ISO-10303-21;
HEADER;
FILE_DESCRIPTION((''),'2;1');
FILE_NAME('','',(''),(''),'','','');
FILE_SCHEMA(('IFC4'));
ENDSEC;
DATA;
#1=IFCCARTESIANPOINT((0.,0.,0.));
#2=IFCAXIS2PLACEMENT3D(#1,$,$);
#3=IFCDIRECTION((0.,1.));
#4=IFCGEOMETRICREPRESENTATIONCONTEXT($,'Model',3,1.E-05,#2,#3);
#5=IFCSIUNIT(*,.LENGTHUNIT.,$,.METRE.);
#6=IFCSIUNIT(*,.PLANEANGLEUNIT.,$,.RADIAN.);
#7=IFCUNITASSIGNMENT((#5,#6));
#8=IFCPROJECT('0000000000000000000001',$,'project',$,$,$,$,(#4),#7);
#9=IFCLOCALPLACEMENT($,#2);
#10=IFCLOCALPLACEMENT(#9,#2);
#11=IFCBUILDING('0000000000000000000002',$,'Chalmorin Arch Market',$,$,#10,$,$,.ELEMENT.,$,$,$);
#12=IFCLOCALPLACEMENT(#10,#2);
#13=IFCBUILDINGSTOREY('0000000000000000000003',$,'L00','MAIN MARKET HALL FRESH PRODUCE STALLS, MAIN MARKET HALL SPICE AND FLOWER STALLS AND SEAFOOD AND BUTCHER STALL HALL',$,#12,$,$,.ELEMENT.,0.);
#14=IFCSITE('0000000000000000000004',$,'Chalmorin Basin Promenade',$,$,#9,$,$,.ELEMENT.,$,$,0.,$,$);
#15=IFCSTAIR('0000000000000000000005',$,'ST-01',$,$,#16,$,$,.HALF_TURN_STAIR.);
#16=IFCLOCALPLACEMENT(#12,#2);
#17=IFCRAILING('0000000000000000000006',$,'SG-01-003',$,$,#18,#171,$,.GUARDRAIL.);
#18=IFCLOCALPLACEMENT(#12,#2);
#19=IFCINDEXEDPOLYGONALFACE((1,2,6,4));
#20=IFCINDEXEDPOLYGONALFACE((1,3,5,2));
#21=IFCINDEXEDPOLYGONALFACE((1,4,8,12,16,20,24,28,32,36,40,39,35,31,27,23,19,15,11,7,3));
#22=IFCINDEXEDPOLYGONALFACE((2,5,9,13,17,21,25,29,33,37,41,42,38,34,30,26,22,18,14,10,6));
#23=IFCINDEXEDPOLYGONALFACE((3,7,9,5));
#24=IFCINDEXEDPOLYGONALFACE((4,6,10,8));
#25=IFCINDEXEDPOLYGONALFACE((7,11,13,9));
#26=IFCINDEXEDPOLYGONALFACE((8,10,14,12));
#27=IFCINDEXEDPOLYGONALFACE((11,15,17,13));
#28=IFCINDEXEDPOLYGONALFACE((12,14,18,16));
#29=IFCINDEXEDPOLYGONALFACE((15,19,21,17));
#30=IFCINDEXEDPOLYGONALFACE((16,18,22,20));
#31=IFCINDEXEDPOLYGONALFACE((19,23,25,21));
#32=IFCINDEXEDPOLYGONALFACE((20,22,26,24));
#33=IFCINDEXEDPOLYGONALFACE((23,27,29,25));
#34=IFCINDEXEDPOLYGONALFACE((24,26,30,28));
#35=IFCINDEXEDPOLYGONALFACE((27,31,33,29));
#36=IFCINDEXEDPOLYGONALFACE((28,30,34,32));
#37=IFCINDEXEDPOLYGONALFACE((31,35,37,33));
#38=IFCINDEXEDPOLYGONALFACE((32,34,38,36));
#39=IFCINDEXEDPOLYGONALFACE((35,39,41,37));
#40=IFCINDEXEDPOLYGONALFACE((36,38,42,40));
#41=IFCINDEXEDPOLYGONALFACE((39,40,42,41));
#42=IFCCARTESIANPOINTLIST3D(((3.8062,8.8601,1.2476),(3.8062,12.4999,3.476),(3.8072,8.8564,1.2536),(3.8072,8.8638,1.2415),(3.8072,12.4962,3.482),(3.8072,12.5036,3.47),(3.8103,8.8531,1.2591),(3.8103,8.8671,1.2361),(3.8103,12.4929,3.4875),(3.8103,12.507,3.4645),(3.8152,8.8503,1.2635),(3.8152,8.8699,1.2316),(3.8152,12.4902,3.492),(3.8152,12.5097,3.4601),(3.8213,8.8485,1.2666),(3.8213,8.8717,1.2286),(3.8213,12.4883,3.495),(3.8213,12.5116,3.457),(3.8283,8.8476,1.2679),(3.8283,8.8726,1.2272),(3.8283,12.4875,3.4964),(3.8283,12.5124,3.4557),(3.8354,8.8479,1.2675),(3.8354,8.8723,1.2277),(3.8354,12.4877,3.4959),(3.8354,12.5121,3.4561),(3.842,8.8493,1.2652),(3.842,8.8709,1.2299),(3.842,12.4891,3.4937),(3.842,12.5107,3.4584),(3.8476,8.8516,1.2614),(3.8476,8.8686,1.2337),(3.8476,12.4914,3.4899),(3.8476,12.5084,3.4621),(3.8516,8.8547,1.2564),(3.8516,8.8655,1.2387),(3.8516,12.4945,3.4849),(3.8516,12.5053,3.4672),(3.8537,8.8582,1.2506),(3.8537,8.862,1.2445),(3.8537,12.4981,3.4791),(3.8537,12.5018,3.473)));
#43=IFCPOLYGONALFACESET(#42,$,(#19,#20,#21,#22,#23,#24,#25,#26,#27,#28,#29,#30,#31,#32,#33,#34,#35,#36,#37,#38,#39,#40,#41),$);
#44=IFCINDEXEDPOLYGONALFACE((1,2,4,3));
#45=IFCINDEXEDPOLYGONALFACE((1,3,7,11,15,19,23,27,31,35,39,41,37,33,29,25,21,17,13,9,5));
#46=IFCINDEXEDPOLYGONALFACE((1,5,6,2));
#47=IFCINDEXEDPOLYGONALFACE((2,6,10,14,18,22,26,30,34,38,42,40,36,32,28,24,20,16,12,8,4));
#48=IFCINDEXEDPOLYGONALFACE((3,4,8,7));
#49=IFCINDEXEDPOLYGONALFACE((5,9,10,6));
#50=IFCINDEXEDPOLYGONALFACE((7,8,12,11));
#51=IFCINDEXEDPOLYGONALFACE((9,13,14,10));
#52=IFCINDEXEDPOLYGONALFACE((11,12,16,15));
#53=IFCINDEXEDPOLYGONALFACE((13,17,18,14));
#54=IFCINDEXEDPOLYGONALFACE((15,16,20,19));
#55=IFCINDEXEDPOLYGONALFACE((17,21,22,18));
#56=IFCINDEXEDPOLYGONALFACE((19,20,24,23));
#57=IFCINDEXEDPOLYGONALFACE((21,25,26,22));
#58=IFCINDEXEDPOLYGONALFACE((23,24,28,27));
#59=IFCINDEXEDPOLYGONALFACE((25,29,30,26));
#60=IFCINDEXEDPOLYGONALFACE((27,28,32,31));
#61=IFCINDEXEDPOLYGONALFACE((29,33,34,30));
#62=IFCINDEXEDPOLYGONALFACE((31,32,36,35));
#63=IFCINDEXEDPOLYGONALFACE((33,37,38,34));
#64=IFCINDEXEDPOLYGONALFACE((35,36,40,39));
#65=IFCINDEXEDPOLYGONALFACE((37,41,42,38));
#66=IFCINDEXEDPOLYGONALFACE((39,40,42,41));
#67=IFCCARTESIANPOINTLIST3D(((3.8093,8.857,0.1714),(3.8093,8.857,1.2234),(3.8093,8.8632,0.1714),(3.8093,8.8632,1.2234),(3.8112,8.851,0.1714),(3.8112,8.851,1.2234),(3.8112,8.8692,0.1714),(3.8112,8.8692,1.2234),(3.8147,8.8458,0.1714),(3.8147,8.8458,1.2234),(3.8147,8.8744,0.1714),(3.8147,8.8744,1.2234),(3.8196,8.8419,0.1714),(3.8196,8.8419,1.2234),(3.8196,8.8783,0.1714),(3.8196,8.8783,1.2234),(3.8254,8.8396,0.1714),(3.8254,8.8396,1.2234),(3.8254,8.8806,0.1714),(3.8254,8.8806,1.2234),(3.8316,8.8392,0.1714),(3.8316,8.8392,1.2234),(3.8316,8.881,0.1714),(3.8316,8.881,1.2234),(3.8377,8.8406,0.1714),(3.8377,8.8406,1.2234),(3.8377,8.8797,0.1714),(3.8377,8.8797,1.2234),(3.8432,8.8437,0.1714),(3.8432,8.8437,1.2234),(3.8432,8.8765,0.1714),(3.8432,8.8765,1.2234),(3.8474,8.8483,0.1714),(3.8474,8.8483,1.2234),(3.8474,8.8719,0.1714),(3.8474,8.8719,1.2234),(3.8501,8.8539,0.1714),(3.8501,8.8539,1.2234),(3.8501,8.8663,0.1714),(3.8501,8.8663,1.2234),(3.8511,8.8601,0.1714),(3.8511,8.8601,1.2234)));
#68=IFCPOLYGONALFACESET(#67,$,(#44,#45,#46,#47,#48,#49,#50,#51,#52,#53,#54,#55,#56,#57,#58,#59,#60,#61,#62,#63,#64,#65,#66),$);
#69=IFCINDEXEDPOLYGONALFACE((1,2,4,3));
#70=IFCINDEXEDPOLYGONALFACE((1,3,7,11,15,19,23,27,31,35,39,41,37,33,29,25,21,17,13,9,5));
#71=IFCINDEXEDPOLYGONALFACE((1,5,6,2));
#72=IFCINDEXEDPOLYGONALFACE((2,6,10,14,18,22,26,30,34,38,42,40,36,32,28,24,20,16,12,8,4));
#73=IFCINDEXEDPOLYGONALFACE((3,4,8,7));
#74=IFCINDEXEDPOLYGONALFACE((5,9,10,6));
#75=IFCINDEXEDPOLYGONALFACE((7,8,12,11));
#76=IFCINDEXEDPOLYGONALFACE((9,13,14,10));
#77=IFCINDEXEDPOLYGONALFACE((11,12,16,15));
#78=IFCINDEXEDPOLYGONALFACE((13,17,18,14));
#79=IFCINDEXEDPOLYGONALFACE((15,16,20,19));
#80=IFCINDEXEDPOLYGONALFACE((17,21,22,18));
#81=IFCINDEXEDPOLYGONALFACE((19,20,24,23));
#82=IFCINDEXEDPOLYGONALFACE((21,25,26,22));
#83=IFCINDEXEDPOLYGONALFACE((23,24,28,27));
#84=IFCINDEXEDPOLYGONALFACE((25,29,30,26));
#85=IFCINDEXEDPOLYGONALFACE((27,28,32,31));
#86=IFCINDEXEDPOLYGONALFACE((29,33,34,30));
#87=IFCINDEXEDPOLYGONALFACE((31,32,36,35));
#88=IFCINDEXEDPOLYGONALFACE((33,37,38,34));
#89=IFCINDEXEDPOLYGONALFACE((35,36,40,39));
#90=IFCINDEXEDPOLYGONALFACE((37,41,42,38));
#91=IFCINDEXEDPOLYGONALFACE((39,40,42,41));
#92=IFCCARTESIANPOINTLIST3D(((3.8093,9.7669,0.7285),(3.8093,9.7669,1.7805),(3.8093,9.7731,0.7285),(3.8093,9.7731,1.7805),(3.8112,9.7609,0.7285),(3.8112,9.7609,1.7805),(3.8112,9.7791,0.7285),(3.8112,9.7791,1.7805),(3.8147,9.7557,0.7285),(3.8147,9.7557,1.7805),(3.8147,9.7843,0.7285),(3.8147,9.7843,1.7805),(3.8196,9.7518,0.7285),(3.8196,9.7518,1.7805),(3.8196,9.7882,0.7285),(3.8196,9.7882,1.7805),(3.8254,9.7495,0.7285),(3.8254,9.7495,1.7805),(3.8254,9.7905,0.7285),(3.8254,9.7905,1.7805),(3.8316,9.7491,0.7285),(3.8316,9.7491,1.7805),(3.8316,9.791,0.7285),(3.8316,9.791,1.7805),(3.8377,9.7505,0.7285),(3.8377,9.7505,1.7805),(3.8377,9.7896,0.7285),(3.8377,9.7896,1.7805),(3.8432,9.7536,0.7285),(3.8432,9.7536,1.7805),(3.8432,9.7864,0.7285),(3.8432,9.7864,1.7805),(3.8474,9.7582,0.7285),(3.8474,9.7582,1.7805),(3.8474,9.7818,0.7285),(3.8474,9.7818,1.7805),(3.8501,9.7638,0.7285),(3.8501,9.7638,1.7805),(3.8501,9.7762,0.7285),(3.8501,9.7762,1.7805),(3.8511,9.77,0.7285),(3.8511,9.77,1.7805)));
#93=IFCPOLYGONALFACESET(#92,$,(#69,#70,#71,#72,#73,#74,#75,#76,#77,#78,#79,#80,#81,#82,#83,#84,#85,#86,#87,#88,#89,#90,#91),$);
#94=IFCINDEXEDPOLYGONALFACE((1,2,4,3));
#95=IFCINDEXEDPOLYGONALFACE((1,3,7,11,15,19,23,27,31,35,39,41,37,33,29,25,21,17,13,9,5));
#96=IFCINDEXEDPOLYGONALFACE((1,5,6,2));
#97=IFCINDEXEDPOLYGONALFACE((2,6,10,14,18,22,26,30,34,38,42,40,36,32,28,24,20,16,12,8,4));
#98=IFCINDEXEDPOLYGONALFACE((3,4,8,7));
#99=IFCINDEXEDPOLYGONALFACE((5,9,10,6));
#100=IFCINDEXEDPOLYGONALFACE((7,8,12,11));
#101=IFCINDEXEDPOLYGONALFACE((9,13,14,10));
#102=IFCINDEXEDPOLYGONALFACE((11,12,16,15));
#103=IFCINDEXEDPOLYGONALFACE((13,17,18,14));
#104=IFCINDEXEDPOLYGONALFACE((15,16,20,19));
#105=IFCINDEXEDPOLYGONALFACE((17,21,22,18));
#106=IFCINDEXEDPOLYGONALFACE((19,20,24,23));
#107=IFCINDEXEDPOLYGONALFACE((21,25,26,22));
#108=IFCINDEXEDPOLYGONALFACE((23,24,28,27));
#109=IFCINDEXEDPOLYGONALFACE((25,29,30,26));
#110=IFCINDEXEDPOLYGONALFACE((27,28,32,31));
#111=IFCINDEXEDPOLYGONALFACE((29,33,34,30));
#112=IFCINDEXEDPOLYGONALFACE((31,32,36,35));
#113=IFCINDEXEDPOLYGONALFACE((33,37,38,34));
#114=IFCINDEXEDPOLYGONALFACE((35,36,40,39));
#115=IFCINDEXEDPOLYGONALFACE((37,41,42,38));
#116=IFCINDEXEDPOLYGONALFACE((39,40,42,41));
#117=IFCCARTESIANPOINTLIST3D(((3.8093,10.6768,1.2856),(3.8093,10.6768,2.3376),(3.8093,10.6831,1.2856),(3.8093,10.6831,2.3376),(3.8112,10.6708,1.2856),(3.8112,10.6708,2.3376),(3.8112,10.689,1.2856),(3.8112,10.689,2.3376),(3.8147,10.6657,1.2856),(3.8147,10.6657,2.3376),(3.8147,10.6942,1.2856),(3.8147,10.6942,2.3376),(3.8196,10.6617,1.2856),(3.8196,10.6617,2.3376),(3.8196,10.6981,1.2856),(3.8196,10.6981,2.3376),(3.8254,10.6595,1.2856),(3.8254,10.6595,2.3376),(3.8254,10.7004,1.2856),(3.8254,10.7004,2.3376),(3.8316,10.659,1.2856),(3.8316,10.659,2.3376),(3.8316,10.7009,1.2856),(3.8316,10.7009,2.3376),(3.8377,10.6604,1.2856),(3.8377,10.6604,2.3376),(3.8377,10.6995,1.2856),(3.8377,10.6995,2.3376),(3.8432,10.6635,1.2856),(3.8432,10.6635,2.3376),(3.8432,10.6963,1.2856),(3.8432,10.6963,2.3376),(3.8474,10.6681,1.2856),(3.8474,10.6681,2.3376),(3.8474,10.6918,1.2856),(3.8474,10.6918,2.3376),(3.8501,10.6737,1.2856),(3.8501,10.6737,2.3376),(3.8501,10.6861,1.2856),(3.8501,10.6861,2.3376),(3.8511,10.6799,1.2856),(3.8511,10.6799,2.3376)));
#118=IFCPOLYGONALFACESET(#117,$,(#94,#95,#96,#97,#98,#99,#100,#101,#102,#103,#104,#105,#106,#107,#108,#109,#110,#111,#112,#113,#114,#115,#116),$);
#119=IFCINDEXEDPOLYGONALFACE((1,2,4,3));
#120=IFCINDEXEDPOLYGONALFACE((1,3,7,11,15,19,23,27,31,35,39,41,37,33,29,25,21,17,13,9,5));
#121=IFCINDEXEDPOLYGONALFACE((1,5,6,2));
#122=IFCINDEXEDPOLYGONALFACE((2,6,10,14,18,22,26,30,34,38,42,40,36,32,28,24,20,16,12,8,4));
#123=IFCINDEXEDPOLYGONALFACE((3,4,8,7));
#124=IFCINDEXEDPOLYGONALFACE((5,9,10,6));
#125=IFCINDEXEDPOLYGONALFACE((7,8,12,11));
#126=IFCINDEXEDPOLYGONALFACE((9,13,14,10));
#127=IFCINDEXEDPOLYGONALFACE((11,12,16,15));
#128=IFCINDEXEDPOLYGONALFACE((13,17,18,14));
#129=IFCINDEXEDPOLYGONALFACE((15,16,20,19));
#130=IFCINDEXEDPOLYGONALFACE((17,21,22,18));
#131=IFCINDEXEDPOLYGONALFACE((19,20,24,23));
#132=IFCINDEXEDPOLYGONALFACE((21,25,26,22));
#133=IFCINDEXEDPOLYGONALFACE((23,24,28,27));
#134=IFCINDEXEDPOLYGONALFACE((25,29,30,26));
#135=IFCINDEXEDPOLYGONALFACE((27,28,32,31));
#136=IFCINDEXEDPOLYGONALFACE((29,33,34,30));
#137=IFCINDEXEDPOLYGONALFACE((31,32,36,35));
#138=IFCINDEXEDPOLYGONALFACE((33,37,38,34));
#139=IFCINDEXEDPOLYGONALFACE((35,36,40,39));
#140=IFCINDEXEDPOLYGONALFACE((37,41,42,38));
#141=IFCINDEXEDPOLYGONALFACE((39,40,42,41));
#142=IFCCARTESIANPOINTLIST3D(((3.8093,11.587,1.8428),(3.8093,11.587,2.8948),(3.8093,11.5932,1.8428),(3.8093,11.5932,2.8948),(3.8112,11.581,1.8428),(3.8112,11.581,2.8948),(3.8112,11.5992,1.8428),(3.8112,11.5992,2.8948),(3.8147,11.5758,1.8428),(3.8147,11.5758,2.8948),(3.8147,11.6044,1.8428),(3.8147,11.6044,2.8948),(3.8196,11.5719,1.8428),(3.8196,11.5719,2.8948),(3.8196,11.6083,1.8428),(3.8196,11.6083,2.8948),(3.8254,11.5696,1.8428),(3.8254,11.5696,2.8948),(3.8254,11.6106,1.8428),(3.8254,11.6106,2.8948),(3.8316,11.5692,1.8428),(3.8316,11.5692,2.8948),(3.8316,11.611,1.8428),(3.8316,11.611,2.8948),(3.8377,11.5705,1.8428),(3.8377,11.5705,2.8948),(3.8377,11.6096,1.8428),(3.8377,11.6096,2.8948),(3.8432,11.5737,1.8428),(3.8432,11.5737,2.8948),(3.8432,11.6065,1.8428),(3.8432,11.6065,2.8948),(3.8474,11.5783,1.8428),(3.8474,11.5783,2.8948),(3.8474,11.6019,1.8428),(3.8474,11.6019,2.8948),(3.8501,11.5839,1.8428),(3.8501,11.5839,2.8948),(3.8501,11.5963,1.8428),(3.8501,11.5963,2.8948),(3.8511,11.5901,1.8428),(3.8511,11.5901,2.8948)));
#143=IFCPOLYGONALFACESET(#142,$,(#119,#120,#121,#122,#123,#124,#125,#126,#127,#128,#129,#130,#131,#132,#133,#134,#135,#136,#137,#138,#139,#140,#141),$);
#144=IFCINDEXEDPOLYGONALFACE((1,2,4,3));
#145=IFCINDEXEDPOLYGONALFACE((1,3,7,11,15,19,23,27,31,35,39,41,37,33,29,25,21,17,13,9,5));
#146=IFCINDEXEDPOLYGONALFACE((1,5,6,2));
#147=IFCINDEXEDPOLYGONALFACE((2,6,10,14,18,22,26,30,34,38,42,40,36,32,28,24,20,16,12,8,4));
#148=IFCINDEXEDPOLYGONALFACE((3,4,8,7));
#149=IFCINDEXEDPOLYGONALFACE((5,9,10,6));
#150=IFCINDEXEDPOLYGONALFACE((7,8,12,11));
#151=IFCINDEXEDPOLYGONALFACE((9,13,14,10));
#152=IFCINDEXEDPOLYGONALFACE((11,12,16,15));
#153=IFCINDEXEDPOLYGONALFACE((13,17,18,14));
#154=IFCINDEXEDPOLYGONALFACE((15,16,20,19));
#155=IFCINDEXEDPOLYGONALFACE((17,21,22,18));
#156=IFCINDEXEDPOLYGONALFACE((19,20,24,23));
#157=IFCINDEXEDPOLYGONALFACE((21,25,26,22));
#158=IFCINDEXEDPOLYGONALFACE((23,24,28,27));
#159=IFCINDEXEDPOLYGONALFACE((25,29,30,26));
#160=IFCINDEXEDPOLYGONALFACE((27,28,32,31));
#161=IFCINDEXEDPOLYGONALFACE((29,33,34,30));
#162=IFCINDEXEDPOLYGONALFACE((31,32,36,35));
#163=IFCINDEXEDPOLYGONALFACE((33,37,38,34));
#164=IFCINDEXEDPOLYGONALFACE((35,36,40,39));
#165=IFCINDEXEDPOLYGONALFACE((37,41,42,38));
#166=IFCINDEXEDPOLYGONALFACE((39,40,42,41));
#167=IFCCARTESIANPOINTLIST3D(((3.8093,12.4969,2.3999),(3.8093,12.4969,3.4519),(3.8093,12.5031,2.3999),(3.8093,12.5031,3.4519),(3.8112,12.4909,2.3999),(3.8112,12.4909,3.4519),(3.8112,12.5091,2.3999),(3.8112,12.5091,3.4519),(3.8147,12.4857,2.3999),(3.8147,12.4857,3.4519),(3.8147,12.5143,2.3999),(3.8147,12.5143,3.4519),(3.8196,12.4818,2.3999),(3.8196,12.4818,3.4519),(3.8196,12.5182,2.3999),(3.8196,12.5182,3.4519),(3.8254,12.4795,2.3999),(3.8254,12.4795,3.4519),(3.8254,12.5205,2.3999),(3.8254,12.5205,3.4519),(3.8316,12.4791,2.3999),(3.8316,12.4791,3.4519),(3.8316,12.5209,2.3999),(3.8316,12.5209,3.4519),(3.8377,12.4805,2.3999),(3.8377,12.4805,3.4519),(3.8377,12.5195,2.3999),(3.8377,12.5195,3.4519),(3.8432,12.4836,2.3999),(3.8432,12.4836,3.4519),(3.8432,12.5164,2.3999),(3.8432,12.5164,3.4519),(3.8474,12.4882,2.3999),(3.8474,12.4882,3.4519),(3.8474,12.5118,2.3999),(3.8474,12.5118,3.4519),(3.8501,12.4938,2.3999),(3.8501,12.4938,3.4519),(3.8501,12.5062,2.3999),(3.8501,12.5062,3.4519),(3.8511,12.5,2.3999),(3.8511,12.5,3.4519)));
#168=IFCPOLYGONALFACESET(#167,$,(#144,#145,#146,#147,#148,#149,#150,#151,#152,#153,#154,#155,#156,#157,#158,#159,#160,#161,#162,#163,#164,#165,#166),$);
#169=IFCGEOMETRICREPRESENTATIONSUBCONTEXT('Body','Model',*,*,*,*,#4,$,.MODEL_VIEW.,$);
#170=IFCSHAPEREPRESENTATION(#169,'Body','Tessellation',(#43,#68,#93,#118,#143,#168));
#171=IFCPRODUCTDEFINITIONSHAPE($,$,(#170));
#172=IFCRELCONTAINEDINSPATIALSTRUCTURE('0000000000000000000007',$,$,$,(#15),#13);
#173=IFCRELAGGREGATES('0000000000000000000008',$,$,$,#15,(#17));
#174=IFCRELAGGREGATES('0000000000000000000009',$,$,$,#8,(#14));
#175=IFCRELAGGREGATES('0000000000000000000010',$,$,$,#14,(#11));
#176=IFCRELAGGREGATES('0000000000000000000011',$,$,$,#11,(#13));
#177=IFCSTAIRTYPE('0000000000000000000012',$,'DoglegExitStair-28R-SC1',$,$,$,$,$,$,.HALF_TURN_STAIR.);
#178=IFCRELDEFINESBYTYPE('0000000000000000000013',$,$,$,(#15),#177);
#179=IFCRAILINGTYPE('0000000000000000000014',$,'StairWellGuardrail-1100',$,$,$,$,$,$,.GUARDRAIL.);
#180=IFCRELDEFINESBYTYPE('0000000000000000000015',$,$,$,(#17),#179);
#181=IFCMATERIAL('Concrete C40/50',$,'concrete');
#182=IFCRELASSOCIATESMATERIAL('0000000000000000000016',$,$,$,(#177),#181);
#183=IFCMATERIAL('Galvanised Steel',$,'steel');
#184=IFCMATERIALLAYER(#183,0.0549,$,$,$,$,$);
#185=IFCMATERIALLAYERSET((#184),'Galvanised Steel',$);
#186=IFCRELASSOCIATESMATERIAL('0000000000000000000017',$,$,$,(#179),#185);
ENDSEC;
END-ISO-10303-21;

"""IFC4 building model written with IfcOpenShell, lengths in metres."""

from ifc_helpers import new_model, si_unit, direction, frame, origin, origin_2d, place, context, subcontext, project, spatial, circle, extrude, material, layer, layer_set, type_object, element, aggregate, save


model = new_model("IFC4")

# Units and contexts
model_context = context("Model", 3, precision=1e-05, world=origin(), true_north=direction((0.0, 1.0)))
body_context = subcontext(model_context, "Body", "Model", "MODEL_VIEW")
ifc_project = project(units=[si_unit("LENGTHUNIT", "METRE"), si_unit("PLANEANGLEUNIT", "RADIAN")], contexts=[model_context])

# Site, building, storey
site_placement = place(None, origin())
site = spatial("IfcSite", under=ifc_project, at=site_placement, Name="Chalmorin Basin Promenade", CompositionType="ELEMENT", RefElevation=0.0)
building_placement = place(site_placement, origin())
building = spatial("IfcBuilding", under=site, at=building_placement, Name="Chalmorin Arch Market", CompositionType="ELEMENT")
storey_placement = place(building_placement, origin())
storey = spatial("IfcBuildingStorey", under=building, at=storey_placement, Name="L00", Description="MAIN MARKET HALL FRESH PRODUCE STALLS, MAIN MARKET HALL SPICE AND FLOWER STALLS AND SEAFOOD AND BUTCHER STALL HALL", CompositionType="ELEMENT", Elevation=0.0)

# Shared definitions
ifc_material_1 = material(Name="Concrete C40/50", Category="concrete")

# Stair, railing
stair_type = type_object("IfcStairType", Name="DoglegExitStair-28R-SC1", PredefinedType="HALF_TURN_STAIR", material=ifc_material_1)
stair_placement = place(storey_placement, origin())
stair = element("IfcStair", 1, at=stair_placement, inside=storey, type_object=stair_type, Name="ST-01", PredefinedType="HALF_TURN_STAIR")
ifc_material_2 = material(Name="Galvanised Steel", Category="steel")
ifc_layer_1 = layer(ifc_material_2, 0.0549)
ifc_layer_set_1 = layer_set([ifc_layer_1], Name="Galvanised Steel")
railing_type = type_object("IfcRailingType", Name="StairWellGuardrail-1100", PredefinedType="GUARDRAIL", material=ifc_layer_set_1)
railing_placement = place(storey_placement, frame((3.8301, 8.8601, 0.1714)))
railing = element("IfcRailing", 2, at=railing_placement, type_object=railing_type, Name="SG-01-003", PredefinedType="GUARDRAIL", context=body_context, shape_type="SweptSolid", body=[
    extrude(circle(Radius=0.0239, at=origin_2d()), frame((0.0, 0.0, 1.0762), z_axis=(0.0, 0.85285, 0.522156), x_axis=(-1.0, 0.0, 0.0)), (0.0, 0.0, 1.0), 4.2678),
    extrude(circle(Radius=0.021, at=origin_2d()), origin(), (0.0, 0.0, 1.0), 1.052),
    extrude(circle(Radius=0.021, at=origin_2d()), frame((0.0, 0.9099, 0.5571)), (0.0, 0.0, 1.0), 1.052),
    extrude(circle(Radius=0.021, at=origin_2d()), frame((0.0, 1.8198, 1.1143)), (0.0, 0.0, 1.0), 1.052),
    extrude(circle(Radius=0.021, at=origin_2d()), frame((0.0, 2.73, 1.6714)), (0.0, 0.0, 1.0), 1.052),
    extrude(circle(Radius=0.021, at=origin_2d()), frame((0.0, 3.6399, 2.2285)), (0.0, 0.0, 1.0), 1.052),
])
aggregate(stair, [railing])

save(model, "model.ifc")
